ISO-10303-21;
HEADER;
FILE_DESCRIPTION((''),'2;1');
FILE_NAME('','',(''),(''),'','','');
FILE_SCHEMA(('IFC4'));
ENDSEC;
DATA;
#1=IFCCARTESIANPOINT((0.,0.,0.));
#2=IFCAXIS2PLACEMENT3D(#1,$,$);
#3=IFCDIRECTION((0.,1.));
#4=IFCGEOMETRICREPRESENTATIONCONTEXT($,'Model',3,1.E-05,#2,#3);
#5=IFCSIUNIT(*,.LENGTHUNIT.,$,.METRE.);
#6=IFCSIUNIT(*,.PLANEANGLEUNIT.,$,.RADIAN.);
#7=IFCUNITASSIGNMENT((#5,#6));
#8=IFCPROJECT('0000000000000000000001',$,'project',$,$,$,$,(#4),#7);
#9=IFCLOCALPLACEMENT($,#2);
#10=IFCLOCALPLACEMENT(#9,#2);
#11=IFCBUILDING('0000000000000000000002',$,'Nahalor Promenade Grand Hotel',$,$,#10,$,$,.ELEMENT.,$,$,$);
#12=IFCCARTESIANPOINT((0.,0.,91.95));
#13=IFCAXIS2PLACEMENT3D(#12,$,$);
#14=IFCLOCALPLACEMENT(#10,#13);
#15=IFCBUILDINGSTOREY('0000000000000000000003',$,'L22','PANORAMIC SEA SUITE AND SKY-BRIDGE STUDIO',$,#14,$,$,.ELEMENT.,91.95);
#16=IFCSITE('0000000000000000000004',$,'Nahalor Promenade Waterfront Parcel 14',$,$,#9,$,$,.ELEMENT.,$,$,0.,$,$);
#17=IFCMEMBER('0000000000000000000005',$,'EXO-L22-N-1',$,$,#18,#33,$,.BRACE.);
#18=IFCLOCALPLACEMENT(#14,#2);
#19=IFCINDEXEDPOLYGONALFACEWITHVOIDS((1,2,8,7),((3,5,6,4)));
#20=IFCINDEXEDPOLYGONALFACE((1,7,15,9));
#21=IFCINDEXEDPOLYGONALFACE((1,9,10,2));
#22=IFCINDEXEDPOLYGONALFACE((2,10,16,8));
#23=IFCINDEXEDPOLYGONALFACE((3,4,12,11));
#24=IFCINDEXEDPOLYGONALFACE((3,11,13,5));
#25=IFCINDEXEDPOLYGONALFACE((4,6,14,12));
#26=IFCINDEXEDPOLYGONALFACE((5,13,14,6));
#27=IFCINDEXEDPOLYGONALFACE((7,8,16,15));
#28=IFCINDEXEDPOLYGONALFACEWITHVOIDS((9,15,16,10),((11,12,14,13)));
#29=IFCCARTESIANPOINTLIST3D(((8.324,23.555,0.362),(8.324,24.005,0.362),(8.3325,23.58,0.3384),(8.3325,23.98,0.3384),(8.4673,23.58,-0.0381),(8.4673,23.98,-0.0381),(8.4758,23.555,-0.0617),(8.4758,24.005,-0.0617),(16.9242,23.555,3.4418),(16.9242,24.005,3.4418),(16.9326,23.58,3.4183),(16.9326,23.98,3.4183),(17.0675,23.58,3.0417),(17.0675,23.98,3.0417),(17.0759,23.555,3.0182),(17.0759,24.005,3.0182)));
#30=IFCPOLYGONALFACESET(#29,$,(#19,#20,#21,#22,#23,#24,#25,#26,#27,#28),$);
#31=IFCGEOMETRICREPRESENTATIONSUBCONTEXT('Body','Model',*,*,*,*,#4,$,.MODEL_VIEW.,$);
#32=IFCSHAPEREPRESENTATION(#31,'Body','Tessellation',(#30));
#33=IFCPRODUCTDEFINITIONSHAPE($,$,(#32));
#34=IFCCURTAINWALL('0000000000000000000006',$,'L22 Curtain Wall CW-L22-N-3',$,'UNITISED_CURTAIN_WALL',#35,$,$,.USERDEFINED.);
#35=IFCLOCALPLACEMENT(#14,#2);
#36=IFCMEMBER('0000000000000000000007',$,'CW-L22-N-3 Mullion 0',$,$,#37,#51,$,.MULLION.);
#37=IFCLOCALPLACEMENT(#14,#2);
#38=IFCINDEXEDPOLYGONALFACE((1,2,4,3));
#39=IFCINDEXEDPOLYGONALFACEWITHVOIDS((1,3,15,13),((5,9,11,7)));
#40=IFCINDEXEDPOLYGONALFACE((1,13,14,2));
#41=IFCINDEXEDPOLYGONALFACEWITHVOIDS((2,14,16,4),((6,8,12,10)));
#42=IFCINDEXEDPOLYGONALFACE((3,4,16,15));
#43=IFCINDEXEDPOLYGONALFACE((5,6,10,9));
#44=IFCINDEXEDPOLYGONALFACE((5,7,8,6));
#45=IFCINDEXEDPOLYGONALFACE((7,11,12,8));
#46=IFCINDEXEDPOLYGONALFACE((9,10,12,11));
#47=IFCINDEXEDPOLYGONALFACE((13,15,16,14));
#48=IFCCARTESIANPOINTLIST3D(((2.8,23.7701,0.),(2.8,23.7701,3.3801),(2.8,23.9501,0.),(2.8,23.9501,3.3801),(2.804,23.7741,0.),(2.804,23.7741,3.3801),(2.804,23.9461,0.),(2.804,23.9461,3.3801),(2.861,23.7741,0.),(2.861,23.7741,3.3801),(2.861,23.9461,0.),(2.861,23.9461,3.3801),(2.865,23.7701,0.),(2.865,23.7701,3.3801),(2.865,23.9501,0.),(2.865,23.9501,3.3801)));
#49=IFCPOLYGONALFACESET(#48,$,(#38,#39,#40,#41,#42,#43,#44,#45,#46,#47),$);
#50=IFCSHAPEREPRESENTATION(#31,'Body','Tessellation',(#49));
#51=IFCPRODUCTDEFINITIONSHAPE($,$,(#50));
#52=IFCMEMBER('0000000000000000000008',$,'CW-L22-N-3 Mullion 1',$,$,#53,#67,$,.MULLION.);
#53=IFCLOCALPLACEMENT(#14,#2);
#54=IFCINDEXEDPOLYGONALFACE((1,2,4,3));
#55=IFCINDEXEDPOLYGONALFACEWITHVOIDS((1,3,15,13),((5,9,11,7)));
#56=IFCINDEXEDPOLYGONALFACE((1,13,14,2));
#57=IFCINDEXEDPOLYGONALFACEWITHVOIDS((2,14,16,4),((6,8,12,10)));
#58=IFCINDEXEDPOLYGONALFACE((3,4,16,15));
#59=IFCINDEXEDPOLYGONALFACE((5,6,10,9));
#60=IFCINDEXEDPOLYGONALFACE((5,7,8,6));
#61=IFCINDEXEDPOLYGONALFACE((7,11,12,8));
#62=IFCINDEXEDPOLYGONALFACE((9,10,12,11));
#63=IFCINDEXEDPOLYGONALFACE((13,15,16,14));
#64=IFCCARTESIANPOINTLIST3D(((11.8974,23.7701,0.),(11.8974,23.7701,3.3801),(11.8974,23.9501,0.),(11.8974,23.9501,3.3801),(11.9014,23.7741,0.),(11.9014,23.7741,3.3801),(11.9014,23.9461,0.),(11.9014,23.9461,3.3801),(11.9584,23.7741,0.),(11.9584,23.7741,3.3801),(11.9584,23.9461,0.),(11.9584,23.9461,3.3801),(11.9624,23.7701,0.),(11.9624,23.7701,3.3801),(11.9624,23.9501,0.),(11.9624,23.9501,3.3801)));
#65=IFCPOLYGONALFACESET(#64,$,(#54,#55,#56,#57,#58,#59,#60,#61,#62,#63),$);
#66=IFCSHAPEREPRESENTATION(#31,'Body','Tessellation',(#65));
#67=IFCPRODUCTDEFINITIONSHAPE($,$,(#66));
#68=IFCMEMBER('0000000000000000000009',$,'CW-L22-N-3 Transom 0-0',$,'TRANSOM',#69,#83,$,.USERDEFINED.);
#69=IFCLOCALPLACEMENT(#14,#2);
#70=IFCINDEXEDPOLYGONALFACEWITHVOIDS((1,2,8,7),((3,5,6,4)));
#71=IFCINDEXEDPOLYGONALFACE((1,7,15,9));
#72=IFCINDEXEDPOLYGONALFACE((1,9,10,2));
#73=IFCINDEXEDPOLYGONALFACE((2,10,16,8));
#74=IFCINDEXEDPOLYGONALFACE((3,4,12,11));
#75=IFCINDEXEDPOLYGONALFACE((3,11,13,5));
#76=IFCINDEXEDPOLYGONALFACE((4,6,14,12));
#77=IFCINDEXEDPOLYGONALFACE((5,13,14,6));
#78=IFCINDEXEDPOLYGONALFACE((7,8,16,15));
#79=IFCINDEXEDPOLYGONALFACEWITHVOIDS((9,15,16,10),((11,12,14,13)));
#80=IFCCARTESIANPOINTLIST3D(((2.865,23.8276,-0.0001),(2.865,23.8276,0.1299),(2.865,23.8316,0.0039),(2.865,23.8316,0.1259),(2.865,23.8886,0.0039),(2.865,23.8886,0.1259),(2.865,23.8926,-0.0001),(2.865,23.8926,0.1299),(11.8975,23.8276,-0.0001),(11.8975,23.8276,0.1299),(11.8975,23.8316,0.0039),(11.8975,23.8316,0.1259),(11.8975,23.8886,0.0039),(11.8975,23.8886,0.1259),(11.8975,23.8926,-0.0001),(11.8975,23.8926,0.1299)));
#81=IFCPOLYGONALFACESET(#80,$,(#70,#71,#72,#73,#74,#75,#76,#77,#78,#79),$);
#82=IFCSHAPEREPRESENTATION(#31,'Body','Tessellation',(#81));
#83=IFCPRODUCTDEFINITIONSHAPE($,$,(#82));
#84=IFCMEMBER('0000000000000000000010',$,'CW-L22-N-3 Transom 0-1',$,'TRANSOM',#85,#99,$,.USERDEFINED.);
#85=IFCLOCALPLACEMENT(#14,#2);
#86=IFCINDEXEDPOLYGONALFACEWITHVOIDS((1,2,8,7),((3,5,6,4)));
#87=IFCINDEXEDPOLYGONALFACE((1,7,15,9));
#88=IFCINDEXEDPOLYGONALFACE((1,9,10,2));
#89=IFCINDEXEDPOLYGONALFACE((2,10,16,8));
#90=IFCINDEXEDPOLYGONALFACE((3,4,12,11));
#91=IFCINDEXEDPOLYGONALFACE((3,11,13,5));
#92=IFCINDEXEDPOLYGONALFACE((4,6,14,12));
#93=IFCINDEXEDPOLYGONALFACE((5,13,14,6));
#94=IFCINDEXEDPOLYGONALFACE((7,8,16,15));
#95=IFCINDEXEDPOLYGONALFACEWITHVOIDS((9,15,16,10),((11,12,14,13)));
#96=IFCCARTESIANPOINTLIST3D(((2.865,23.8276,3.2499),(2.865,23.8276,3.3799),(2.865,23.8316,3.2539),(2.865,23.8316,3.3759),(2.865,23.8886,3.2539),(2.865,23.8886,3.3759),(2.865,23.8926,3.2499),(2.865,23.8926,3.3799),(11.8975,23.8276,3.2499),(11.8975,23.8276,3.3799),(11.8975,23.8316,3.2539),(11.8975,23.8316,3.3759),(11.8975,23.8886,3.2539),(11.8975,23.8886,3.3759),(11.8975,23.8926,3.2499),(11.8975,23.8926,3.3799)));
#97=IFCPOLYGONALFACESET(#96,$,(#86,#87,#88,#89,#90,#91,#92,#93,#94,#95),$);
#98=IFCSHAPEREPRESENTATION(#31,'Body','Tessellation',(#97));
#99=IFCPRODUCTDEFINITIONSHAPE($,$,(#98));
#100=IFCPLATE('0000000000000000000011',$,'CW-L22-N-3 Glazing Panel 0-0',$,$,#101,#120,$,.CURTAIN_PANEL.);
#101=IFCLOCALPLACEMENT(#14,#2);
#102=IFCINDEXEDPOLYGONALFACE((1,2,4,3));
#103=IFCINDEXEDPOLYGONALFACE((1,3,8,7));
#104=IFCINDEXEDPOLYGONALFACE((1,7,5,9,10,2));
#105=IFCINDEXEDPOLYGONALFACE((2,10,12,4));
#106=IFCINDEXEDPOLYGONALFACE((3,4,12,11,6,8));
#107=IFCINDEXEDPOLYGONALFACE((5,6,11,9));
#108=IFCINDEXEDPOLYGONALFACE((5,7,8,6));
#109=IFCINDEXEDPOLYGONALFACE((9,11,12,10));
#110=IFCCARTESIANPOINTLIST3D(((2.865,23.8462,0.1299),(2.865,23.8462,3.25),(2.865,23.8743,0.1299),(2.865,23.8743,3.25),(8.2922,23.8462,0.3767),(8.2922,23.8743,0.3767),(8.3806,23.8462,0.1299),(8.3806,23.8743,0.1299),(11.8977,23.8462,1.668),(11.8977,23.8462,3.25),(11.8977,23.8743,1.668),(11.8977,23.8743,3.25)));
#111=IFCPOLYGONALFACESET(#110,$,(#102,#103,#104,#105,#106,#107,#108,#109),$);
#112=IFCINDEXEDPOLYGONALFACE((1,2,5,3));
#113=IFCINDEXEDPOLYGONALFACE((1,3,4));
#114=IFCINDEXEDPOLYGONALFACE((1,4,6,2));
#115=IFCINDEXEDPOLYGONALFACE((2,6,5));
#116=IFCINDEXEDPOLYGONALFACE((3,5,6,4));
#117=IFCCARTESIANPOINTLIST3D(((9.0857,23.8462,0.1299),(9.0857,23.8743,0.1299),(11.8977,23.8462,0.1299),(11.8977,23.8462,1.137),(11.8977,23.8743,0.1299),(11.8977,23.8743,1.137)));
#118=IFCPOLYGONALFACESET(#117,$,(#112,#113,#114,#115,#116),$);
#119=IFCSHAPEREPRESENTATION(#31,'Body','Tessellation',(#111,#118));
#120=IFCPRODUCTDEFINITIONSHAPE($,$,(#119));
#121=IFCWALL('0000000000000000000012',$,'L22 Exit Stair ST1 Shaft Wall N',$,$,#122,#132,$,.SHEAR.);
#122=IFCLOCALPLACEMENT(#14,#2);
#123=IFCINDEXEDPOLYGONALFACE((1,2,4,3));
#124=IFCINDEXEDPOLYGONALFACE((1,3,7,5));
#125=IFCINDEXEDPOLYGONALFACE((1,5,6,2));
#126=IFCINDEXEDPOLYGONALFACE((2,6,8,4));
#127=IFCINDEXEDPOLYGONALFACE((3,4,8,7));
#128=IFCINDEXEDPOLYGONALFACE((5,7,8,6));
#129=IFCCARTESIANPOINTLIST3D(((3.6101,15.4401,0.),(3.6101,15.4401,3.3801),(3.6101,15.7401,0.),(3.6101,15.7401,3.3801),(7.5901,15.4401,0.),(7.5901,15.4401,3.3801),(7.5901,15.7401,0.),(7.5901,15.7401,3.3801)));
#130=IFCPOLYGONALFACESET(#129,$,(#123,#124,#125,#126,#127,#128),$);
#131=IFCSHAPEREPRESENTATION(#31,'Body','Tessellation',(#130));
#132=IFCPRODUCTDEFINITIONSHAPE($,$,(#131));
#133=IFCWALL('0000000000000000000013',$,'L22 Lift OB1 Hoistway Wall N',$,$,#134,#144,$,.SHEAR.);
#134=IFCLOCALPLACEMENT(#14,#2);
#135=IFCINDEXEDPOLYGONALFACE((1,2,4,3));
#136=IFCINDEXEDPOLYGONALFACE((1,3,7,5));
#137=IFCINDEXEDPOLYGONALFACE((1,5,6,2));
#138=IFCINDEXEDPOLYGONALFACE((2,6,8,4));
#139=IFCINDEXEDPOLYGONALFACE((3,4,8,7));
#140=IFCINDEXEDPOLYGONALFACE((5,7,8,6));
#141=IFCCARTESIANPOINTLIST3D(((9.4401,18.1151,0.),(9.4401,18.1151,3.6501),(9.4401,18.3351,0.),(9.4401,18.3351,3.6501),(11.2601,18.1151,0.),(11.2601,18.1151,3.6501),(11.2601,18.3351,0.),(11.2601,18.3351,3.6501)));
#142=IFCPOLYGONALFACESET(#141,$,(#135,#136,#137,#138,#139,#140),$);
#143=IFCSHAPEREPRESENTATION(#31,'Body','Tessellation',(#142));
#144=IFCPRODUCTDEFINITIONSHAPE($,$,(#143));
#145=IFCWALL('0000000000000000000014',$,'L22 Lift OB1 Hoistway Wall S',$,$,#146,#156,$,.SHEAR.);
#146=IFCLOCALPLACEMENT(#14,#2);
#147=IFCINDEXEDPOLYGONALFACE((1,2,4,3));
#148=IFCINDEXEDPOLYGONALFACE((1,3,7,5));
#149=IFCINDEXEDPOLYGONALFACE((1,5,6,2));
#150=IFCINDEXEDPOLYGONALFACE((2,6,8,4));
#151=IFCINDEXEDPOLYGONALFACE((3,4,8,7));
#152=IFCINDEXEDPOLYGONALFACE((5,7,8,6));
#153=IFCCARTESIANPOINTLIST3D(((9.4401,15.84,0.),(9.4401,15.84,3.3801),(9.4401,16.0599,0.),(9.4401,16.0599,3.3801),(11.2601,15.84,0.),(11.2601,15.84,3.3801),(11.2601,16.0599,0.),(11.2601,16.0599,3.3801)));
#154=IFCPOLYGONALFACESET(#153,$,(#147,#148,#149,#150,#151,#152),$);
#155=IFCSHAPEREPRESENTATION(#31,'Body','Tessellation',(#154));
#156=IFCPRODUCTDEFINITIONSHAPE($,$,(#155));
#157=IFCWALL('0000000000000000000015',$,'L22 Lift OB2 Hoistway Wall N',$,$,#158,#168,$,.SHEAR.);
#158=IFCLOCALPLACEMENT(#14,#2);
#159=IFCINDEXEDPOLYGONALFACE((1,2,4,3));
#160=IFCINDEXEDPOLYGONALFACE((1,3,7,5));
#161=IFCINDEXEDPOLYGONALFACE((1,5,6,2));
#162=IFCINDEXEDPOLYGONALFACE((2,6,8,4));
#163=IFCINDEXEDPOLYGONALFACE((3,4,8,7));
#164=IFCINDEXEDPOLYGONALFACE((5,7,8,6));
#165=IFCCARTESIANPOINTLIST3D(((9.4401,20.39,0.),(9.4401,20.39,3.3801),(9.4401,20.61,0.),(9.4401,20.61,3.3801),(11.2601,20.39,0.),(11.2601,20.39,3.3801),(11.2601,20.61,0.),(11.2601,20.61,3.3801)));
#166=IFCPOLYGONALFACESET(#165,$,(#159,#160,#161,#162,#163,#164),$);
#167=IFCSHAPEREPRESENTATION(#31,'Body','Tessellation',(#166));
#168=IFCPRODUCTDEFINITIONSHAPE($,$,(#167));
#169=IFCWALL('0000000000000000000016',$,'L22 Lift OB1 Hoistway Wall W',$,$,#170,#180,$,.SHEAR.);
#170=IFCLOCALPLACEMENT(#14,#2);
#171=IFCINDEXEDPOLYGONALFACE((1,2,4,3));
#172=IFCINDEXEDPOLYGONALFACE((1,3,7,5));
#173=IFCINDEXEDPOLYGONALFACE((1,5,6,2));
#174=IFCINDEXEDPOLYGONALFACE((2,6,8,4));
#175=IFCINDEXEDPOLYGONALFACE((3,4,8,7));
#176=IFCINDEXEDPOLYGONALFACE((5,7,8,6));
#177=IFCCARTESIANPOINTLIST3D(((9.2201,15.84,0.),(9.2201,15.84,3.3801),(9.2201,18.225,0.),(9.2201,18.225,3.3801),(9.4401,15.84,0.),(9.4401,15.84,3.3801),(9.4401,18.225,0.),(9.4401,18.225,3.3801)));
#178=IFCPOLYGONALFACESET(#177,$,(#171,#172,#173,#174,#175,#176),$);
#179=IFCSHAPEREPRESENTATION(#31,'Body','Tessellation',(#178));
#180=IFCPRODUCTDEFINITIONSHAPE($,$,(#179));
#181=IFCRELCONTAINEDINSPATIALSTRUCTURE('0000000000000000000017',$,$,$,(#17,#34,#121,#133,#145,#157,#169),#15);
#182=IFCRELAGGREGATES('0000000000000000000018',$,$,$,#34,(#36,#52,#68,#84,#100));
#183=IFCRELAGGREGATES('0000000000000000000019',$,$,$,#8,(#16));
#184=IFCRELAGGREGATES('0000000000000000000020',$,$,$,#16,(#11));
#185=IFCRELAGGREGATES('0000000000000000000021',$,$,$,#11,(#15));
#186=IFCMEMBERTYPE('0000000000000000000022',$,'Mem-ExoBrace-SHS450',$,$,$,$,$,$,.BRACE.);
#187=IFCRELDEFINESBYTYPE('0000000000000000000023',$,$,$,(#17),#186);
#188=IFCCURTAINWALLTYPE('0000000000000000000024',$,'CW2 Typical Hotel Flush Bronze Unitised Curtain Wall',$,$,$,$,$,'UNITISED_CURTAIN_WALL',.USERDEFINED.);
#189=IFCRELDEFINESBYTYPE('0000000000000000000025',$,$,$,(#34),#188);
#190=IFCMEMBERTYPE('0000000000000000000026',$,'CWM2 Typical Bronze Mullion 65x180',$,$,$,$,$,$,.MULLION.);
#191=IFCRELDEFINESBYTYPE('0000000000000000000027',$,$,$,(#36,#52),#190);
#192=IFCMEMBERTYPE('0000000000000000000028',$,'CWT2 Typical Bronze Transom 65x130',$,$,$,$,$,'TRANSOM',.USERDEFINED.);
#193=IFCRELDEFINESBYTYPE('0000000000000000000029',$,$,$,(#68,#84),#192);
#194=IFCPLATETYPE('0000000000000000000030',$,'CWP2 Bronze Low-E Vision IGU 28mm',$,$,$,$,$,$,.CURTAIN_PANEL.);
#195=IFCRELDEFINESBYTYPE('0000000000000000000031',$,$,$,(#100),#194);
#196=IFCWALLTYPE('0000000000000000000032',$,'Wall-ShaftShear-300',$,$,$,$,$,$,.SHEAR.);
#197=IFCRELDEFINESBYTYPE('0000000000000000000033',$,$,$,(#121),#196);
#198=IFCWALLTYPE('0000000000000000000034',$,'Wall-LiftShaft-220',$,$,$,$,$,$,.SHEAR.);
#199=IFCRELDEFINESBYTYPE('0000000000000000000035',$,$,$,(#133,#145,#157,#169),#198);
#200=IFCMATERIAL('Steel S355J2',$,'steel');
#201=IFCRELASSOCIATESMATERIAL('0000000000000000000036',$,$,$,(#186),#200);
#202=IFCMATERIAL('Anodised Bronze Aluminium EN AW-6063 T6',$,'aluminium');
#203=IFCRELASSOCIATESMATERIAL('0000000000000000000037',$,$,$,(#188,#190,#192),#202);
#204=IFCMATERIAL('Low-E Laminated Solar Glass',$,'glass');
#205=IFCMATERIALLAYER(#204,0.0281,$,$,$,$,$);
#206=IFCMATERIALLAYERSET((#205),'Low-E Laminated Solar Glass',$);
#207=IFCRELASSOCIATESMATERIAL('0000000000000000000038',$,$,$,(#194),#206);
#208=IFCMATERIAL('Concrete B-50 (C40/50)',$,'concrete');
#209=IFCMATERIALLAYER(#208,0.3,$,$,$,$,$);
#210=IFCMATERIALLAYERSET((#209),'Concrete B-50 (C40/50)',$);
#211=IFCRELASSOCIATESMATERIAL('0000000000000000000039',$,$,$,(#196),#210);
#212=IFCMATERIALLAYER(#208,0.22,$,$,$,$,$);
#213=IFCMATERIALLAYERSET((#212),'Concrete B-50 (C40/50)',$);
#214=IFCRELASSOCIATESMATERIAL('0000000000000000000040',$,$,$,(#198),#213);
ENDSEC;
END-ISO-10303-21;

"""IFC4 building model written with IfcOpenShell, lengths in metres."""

from ifc_helpers import new_model, si_unit, direction, frame, frame_2d, origin, origin_2d, place, context, subcontext, project, spatial, polyline, rectangle, hollow_rectangle, outline, extrude, source, transform, mapped, material, layer, layer_set, material_profile, profile_set, type_object, element, aggregate, save


model = new_model("IFC4")

# Units and contexts
model_context = context("Model", 3, precision=1e-05, world=origin(), true_north=direction((0.0, 1.0)))
body_context = subcontext(model_context, "Body", "Model", "MODEL_VIEW")
ifc_project = project(units=[si_unit("LENGTHUNIT", "METRE"), si_unit("PLANEANGLEUNIT", "RADIAN")], contexts=[model_context])

# Site, building, storey
site_placement = place(None, origin())
site = spatial("IfcSite", under=ifc_project, at=site_placement, Name="Nahalor Promenade Waterfront Parcel 14", CompositionType="ELEMENT", RefElevation=0.0)
building_placement = place(site_placement, origin())
building = spatial("IfcBuilding", under=site, at=building_placement, Name="Nahalor Promenade Grand Hotel", CompositionType="ELEMENT")
storey_placement = place(building_placement, frame((0.0, 0.0, 91.95)))
storey = spatial("IfcBuildingStorey", under=building, at=storey_placement, Name="L22", Description="PANORAMIC SEA SUITE AND SKY-BRIDGE STUDIO", CompositionType="ELEMENT", Elevation=91.95)

# Shared definitions
ifc_material_1 = material(Name="Steel S355J2", Category="steel")

# Member
ifc_material_profile_1 = material_profile(ifc_material_1, hollow_rectangle(XDim=0.45, YDim=0.45, WallThickness=0.025, at=origin_2d()), Name="SHS 450x450x25")
ifc_profile_set_1 = profile_set([ifc_material_profile_1], Name="Steel S355J2")
member_type_1 = type_object("IfcMemberType", Name="Mem-ExoBrace-SHS450", PredefinedType="BRACE", material=ifc_profile_set_1)
shared_shape_1 = source(origin(), body_context, "Body", "SweptSolid", [
    extrude(hollow_rectangle(XDim=0.45, YDim=0.45, WallThickness=0.025, at=origin_2d()), origin(), (0.0, 0.0, 1.0), 9.135),
])
member_1_placement = place(storey_placement, frame((8.3999, 23.78, 0.1501), z_axis=(0.941451, 0.0, 0.337149), x_axis=(0.0, 1.0, 0.0)))
element("IfcMember", 1, at=member_1_placement, inside=storey, type_object=member_type_1, Name="EXO-L22-N-1", PredefinedType="BRACE", context=body_context, shape_type="MappedRepresentation", body=[
    mapped(shared_shape_1, transform((0.0, 0.0, 0.0), scale=1.0)),
])

# Curtain wall, members, plate
ifc_material_2 = material(Name="Anodised Bronze Aluminium EN AW-6063 T6", Category="aluminium")
curtain_wall_type = type_object("IfcCurtainWallType", Name="CW2 Typical Hotel Flush Bronze Unitised Curtain Wall", ElementType="UNITISED_CURTAIN_WALL", PredefinedType="USERDEFINED", material=ifc_material_2)
curtain_wall_placement = place(storey_placement, origin())
curtain_wall = element("IfcCurtainWall", 2, at=curtain_wall_placement, inside=storey, type_object=curtain_wall_type, Name="L22 Curtain Wall CW-L22-N-3", ObjectType="UNITISED_CURTAIN_WALL", PredefinedType="USERDEFINED")
ifc_material_profile_2 = material_profile(ifc_material_2, hollow_rectangle(XDim=0.065, YDim=0.18, WallThickness=0.004, at=origin_2d()), Name="CWM 65x180x4")
ifc_profile_set_2 = profile_set([ifc_material_profile_2], Name="Anodised Bronze Aluminium EN AW-6063 T6")
member_type_2 = type_object("IfcMemberType", Name="CWM2 Typical Bronze Mullion 65x180", PredefinedType="MULLION", material=ifc_profile_set_2)
shared_shape_2 = source(origin(), body_context, "Body", "SweptSolid", [
    extrude(hollow_rectangle(XDim=0.065, YDim=0.18, WallThickness=0.004, at=origin_2d()), origin(), (0.0, 0.0, 1.0), 3.3801),
])
member_2_placement = place(storey_placement, frame((2.8325, 23.8601, 0.0), z_axis=(0.0, 0.0, 1.0), x_axis=(1.0, 0.0, 0.0)))
member_2 = element("IfcMember", 3, at=member_2_placement, type_object=member_type_2, Name="CW-L22-N-3 Mullion 0", PredefinedType="MULLION", context=body_context, shape_type="MappedRepresentation", body=[
    mapped(shared_shape_2, transform((0.0, 0.0, 0.0), scale=1.0)),
])
member_3_placement = place(storey_placement, frame((11.9299, 23.8601, 0.0), z_axis=(0.0, 0.0, 1.0), x_axis=(1.0, 0.0, 0.0)))
member_3 = element("IfcMember", 4, at=member_3_placement, type_object=member_type_2, Name="CW-L22-N-3 Mullion 1", PredefinedType="MULLION", context=body_context, shape_type="MappedRepresentation", body=[
    mapped(shared_shape_2, transform((0.0, 0.0, 0.0), scale=1.0)),
])
ifc_material_profile_3 = material_profile(ifc_material_2, hollow_rectangle(XDim=0.065, YDim=0.13, WallThickness=0.004, at=origin_2d()), Name="CWT 65x130x4")
ifc_profile_set_3 = profile_set([ifc_material_profile_3], Name="Anodised Bronze Aluminium EN AW-6063 T6")
member_type_3 = type_object("IfcMemberType", Name="CWT2 Typical Bronze Transom 65x130", ElementType="TRANSOM", PredefinedType="USERDEFINED", material=ifc_profile_set_3)
shared_shape_3 = source(origin(), body_context, "Body", "SweptSolid", [
    extrude(hollow_rectangle(XDim=0.065, YDim=0.13, WallThickness=0.004, at=origin_2d()), origin(), (0.0, 0.0, 1.0), 9.0325),
])
member_4_placement = place(storey_placement, frame((2.865, 23.8601, 0.0649), z_axis=(1.0, 0.0, 0.0), x_axis=(0.0, 1.0, 0.0)))
member_4 = element("IfcMember", 5, at=member_4_placement, type_object=member_type_3, Name="CW-L22-N-3 Transom 0-0", ObjectType="TRANSOM", PredefinedType="USERDEFINED", context=body_context, shape_type="MappedRepresentation", body=[
    mapped(shared_shape_3, transform((0.0, 0.0, 0.0), scale=1.0)),
])
member_5_placement = place(storey_placement, frame((2.865, 23.8601, 3.3149), z_axis=(1.0, 0.0, 0.0), x_axis=(0.0, 1.0, 0.0)))
member_5 = element("IfcMember", 6, at=member_5_placement, type_object=member_type_3, Name="CW-L22-N-3 Transom 0-1", ObjectType="TRANSOM", PredefinedType="USERDEFINED", context=body_context, shape_type="MappedRepresentation", body=[
    mapped(shared_shape_3, transform((0.0, 0.0, 0.0), scale=1.0)),
])
ifc_material_3 = material(Name="Low-E Laminated Solar Glass", Category="glass")
ifc_layer_1 = layer(ifc_material_3, 0.0281)
ifc_layer_set_1 = layer_set([ifc_layer_1], Name="Low-E Laminated Solar Glass")
plate_type = type_object("IfcPlateType", Name="CWP2 Bronze Low-E Vision IGU 28mm", PredefinedType="CURTAIN_PANEL", material=ifc_layer_set_1)
plate_placement = place(storey_placement, frame((7.3813, 23.8601, 0.1299), z_axis=(0.0, 0.0, 1.0), x_axis=(1.0, 0.0, 0.0)))
plate = element("IfcPlate", 7, at=plate_placement, type_object=plate_type, Name="CW-L22-N-3 Glazing Panel 0-0", PredefinedType="CURTAIN_PANEL", context=body_context, shape_type="SweptSolid", body=[
    extrude(outline(polyline([(-4.5164, 3.1201), (-4.5164, 0.0), (0.9993, 0.0), (0.9109, 0.2468), (4.5164, 1.5381), (4.5164, 3.1201), (-4.5164, 3.1201)])), frame((0.0, 0.0142, 0.0), z_axis=(0.0, -1.0, 0.0), x_axis=(1.0, 0.0, 0.0)), (0.0, 0.0, 1.0), 0.0281),
    extrude(outline(polyline([(1.7043, 0.0), (4.5164, 0.0), (4.5164, 1.0071), (1.7043, 0.0)])), frame((0.0, 0.0142, 0.0), z_axis=(0.0, -1.0, 0.0), x_axis=(1.0, 0.0, 0.0)), (0.0, 0.0, 1.0), 0.0281),
])
aggregate(curtain_wall, [member_2, member_3, member_4, member_5, plate])

# Walls
ifc_material_4 = material(Name="Concrete B-50 (C40/50)", Category="concrete")
ifc_layer_2 = layer(ifc_material_4, 0.3)
ifc_layer_set_2 = layer_set([ifc_layer_2], Name="Concrete B-50 (C40/50)")
wall_type_1 = type_object("IfcWallType", Name="Wall-ShaftShear-300", PredefinedType="SHEAR", material=ifc_layer_set_2)
shared_shape_4 = source(origin(), body_context, "Body", "SweptSolid", [
    extrude(rectangle(XDim=3.98, YDim=0.3, at=frame_2d((1.99, 0.0))), origin(), (0.0, 0.0, 1.0), 3.3801),
])
wall_1_placement = place(storey_placement, frame((3.6101, 15.5901, 0.0), z_axis=(0.0, 0.0, 1.0), x_axis=(1.0, 0.0, 0.0)))
element("IfcWall", 8, at=wall_1_placement, inside=storey, type_object=wall_type_1, Name="L22 Exit Stair ST1 Shaft Wall N", PredefinedType="SHEAR", context=body_context, shape_type="MappedRepresentation", body=[
    mapped(shared_shape_4, transform((0.0, 0.0, 0.0), scale=1.0)),
])
ifc_layer_3 = layer(ifc_material_4, 0.22)
ifc_layer_set_3 = layer_set([ifc_layer_3], Name="Concrete B-50 (C40/50)")
wall_type_2 = type_object("IfcWallType", Name="Wall-LiftShaft-220", PredefinedType="SHEAR", material=ifc_layer_set_3)
shared_shape_5 = source(origin(), body_context, "Body", "SweptSolid", [
    extrude(rectangle(XDim=1.8201, YDim=0.22, at=frame_2d((0.9102, 0.0))), origin(), (0.0, 0.0, 1.0), 3.6501),
])
wall_2_placement = place(storey_placement, frame((9.4399, 18.2251, 0.0), z_axis=(0.0, 0.0, 1.0), x_axis=(1.0, 0.0, 0.0)))
element("IfcWall", 9, at=wall_2_placement, inside=storey, type_object=wall_type_2, Name="L22 Lift OB1 Hoistway Wall N", PredefinedType="SHEAR", context=body_context, shape_type="MappedRepresentation", body=[
    mapped(shared_shape_5, transform((0.0, 0.0, 0.0), scale=1.0)),
])
shared_shape_6 = source(origin(), body_context, "Body", "SweptSolid", [
    extrude(rectangle(XDim=1.8201, YDim=0.22, at=frame_2d((0.9102, 0.0))), origin(), (0.0, 0.0, 1.0), 3.3801),
])
for number, where, z_axis, x_axis, name in (
    (10, (9.4399, 15.95, 0.0), (0.0, 0.0, 1.0), (1.0, 0.0, 0.0), "L22 Lift OB1 Hoistway Wall S"),
    (11, (9.4399, 20.5, 0.0), (0.0, 0.0, 1.0), (1.0, 0.0, 0.0), "L22 Lift OB2 Hoistway Wall N"),
):
    element("IfcWall", number, at=place(storey_placement, frame(where, z_axis=z_axis, x_axis=x_axis)), inside=storey, type_object=wall_type_2, Name=name, PredefinedType="SHEAR", context=body_context, shape_type="MappedRepresentation", body=[
        mapped(shared_shape_6, transform((0.0, 0.0, 0.0), scale=1.0)),
    ])
shared_shape_7 = source(origin(), body_context, "Body", "SweptSolid", [
    extrude(rectangle(XDim=2.385, YDim=0.22, at=frame_2d((1.1924, 0.0))), origin(), (0.0, 0.0, 1.0), 3.3801),
])
for number, where, z_axis, x_axis, name in (
    (12, (9.3301, 15.8401, 0.0), (0.0, 0.0, 1.0), (0.0, 1.0, 0.0), "L22 Lift OB1 Hoistway Wall W"),
):
    element("IfcWall", number, at=place(storey_placement, frame(where, z_axis=z_axis, x_axis=x_axis)), inside=storey, type_object=wall_type_2, Name=name, PredefinedType="SHEAR", context=body_context, shape_type="MappedRepresentation", body=[
        mapped(shared_shape_7, transform((0.0, 0.0, 0.0), scale=1.0)),
    ])

save(model, "model.ifc")
